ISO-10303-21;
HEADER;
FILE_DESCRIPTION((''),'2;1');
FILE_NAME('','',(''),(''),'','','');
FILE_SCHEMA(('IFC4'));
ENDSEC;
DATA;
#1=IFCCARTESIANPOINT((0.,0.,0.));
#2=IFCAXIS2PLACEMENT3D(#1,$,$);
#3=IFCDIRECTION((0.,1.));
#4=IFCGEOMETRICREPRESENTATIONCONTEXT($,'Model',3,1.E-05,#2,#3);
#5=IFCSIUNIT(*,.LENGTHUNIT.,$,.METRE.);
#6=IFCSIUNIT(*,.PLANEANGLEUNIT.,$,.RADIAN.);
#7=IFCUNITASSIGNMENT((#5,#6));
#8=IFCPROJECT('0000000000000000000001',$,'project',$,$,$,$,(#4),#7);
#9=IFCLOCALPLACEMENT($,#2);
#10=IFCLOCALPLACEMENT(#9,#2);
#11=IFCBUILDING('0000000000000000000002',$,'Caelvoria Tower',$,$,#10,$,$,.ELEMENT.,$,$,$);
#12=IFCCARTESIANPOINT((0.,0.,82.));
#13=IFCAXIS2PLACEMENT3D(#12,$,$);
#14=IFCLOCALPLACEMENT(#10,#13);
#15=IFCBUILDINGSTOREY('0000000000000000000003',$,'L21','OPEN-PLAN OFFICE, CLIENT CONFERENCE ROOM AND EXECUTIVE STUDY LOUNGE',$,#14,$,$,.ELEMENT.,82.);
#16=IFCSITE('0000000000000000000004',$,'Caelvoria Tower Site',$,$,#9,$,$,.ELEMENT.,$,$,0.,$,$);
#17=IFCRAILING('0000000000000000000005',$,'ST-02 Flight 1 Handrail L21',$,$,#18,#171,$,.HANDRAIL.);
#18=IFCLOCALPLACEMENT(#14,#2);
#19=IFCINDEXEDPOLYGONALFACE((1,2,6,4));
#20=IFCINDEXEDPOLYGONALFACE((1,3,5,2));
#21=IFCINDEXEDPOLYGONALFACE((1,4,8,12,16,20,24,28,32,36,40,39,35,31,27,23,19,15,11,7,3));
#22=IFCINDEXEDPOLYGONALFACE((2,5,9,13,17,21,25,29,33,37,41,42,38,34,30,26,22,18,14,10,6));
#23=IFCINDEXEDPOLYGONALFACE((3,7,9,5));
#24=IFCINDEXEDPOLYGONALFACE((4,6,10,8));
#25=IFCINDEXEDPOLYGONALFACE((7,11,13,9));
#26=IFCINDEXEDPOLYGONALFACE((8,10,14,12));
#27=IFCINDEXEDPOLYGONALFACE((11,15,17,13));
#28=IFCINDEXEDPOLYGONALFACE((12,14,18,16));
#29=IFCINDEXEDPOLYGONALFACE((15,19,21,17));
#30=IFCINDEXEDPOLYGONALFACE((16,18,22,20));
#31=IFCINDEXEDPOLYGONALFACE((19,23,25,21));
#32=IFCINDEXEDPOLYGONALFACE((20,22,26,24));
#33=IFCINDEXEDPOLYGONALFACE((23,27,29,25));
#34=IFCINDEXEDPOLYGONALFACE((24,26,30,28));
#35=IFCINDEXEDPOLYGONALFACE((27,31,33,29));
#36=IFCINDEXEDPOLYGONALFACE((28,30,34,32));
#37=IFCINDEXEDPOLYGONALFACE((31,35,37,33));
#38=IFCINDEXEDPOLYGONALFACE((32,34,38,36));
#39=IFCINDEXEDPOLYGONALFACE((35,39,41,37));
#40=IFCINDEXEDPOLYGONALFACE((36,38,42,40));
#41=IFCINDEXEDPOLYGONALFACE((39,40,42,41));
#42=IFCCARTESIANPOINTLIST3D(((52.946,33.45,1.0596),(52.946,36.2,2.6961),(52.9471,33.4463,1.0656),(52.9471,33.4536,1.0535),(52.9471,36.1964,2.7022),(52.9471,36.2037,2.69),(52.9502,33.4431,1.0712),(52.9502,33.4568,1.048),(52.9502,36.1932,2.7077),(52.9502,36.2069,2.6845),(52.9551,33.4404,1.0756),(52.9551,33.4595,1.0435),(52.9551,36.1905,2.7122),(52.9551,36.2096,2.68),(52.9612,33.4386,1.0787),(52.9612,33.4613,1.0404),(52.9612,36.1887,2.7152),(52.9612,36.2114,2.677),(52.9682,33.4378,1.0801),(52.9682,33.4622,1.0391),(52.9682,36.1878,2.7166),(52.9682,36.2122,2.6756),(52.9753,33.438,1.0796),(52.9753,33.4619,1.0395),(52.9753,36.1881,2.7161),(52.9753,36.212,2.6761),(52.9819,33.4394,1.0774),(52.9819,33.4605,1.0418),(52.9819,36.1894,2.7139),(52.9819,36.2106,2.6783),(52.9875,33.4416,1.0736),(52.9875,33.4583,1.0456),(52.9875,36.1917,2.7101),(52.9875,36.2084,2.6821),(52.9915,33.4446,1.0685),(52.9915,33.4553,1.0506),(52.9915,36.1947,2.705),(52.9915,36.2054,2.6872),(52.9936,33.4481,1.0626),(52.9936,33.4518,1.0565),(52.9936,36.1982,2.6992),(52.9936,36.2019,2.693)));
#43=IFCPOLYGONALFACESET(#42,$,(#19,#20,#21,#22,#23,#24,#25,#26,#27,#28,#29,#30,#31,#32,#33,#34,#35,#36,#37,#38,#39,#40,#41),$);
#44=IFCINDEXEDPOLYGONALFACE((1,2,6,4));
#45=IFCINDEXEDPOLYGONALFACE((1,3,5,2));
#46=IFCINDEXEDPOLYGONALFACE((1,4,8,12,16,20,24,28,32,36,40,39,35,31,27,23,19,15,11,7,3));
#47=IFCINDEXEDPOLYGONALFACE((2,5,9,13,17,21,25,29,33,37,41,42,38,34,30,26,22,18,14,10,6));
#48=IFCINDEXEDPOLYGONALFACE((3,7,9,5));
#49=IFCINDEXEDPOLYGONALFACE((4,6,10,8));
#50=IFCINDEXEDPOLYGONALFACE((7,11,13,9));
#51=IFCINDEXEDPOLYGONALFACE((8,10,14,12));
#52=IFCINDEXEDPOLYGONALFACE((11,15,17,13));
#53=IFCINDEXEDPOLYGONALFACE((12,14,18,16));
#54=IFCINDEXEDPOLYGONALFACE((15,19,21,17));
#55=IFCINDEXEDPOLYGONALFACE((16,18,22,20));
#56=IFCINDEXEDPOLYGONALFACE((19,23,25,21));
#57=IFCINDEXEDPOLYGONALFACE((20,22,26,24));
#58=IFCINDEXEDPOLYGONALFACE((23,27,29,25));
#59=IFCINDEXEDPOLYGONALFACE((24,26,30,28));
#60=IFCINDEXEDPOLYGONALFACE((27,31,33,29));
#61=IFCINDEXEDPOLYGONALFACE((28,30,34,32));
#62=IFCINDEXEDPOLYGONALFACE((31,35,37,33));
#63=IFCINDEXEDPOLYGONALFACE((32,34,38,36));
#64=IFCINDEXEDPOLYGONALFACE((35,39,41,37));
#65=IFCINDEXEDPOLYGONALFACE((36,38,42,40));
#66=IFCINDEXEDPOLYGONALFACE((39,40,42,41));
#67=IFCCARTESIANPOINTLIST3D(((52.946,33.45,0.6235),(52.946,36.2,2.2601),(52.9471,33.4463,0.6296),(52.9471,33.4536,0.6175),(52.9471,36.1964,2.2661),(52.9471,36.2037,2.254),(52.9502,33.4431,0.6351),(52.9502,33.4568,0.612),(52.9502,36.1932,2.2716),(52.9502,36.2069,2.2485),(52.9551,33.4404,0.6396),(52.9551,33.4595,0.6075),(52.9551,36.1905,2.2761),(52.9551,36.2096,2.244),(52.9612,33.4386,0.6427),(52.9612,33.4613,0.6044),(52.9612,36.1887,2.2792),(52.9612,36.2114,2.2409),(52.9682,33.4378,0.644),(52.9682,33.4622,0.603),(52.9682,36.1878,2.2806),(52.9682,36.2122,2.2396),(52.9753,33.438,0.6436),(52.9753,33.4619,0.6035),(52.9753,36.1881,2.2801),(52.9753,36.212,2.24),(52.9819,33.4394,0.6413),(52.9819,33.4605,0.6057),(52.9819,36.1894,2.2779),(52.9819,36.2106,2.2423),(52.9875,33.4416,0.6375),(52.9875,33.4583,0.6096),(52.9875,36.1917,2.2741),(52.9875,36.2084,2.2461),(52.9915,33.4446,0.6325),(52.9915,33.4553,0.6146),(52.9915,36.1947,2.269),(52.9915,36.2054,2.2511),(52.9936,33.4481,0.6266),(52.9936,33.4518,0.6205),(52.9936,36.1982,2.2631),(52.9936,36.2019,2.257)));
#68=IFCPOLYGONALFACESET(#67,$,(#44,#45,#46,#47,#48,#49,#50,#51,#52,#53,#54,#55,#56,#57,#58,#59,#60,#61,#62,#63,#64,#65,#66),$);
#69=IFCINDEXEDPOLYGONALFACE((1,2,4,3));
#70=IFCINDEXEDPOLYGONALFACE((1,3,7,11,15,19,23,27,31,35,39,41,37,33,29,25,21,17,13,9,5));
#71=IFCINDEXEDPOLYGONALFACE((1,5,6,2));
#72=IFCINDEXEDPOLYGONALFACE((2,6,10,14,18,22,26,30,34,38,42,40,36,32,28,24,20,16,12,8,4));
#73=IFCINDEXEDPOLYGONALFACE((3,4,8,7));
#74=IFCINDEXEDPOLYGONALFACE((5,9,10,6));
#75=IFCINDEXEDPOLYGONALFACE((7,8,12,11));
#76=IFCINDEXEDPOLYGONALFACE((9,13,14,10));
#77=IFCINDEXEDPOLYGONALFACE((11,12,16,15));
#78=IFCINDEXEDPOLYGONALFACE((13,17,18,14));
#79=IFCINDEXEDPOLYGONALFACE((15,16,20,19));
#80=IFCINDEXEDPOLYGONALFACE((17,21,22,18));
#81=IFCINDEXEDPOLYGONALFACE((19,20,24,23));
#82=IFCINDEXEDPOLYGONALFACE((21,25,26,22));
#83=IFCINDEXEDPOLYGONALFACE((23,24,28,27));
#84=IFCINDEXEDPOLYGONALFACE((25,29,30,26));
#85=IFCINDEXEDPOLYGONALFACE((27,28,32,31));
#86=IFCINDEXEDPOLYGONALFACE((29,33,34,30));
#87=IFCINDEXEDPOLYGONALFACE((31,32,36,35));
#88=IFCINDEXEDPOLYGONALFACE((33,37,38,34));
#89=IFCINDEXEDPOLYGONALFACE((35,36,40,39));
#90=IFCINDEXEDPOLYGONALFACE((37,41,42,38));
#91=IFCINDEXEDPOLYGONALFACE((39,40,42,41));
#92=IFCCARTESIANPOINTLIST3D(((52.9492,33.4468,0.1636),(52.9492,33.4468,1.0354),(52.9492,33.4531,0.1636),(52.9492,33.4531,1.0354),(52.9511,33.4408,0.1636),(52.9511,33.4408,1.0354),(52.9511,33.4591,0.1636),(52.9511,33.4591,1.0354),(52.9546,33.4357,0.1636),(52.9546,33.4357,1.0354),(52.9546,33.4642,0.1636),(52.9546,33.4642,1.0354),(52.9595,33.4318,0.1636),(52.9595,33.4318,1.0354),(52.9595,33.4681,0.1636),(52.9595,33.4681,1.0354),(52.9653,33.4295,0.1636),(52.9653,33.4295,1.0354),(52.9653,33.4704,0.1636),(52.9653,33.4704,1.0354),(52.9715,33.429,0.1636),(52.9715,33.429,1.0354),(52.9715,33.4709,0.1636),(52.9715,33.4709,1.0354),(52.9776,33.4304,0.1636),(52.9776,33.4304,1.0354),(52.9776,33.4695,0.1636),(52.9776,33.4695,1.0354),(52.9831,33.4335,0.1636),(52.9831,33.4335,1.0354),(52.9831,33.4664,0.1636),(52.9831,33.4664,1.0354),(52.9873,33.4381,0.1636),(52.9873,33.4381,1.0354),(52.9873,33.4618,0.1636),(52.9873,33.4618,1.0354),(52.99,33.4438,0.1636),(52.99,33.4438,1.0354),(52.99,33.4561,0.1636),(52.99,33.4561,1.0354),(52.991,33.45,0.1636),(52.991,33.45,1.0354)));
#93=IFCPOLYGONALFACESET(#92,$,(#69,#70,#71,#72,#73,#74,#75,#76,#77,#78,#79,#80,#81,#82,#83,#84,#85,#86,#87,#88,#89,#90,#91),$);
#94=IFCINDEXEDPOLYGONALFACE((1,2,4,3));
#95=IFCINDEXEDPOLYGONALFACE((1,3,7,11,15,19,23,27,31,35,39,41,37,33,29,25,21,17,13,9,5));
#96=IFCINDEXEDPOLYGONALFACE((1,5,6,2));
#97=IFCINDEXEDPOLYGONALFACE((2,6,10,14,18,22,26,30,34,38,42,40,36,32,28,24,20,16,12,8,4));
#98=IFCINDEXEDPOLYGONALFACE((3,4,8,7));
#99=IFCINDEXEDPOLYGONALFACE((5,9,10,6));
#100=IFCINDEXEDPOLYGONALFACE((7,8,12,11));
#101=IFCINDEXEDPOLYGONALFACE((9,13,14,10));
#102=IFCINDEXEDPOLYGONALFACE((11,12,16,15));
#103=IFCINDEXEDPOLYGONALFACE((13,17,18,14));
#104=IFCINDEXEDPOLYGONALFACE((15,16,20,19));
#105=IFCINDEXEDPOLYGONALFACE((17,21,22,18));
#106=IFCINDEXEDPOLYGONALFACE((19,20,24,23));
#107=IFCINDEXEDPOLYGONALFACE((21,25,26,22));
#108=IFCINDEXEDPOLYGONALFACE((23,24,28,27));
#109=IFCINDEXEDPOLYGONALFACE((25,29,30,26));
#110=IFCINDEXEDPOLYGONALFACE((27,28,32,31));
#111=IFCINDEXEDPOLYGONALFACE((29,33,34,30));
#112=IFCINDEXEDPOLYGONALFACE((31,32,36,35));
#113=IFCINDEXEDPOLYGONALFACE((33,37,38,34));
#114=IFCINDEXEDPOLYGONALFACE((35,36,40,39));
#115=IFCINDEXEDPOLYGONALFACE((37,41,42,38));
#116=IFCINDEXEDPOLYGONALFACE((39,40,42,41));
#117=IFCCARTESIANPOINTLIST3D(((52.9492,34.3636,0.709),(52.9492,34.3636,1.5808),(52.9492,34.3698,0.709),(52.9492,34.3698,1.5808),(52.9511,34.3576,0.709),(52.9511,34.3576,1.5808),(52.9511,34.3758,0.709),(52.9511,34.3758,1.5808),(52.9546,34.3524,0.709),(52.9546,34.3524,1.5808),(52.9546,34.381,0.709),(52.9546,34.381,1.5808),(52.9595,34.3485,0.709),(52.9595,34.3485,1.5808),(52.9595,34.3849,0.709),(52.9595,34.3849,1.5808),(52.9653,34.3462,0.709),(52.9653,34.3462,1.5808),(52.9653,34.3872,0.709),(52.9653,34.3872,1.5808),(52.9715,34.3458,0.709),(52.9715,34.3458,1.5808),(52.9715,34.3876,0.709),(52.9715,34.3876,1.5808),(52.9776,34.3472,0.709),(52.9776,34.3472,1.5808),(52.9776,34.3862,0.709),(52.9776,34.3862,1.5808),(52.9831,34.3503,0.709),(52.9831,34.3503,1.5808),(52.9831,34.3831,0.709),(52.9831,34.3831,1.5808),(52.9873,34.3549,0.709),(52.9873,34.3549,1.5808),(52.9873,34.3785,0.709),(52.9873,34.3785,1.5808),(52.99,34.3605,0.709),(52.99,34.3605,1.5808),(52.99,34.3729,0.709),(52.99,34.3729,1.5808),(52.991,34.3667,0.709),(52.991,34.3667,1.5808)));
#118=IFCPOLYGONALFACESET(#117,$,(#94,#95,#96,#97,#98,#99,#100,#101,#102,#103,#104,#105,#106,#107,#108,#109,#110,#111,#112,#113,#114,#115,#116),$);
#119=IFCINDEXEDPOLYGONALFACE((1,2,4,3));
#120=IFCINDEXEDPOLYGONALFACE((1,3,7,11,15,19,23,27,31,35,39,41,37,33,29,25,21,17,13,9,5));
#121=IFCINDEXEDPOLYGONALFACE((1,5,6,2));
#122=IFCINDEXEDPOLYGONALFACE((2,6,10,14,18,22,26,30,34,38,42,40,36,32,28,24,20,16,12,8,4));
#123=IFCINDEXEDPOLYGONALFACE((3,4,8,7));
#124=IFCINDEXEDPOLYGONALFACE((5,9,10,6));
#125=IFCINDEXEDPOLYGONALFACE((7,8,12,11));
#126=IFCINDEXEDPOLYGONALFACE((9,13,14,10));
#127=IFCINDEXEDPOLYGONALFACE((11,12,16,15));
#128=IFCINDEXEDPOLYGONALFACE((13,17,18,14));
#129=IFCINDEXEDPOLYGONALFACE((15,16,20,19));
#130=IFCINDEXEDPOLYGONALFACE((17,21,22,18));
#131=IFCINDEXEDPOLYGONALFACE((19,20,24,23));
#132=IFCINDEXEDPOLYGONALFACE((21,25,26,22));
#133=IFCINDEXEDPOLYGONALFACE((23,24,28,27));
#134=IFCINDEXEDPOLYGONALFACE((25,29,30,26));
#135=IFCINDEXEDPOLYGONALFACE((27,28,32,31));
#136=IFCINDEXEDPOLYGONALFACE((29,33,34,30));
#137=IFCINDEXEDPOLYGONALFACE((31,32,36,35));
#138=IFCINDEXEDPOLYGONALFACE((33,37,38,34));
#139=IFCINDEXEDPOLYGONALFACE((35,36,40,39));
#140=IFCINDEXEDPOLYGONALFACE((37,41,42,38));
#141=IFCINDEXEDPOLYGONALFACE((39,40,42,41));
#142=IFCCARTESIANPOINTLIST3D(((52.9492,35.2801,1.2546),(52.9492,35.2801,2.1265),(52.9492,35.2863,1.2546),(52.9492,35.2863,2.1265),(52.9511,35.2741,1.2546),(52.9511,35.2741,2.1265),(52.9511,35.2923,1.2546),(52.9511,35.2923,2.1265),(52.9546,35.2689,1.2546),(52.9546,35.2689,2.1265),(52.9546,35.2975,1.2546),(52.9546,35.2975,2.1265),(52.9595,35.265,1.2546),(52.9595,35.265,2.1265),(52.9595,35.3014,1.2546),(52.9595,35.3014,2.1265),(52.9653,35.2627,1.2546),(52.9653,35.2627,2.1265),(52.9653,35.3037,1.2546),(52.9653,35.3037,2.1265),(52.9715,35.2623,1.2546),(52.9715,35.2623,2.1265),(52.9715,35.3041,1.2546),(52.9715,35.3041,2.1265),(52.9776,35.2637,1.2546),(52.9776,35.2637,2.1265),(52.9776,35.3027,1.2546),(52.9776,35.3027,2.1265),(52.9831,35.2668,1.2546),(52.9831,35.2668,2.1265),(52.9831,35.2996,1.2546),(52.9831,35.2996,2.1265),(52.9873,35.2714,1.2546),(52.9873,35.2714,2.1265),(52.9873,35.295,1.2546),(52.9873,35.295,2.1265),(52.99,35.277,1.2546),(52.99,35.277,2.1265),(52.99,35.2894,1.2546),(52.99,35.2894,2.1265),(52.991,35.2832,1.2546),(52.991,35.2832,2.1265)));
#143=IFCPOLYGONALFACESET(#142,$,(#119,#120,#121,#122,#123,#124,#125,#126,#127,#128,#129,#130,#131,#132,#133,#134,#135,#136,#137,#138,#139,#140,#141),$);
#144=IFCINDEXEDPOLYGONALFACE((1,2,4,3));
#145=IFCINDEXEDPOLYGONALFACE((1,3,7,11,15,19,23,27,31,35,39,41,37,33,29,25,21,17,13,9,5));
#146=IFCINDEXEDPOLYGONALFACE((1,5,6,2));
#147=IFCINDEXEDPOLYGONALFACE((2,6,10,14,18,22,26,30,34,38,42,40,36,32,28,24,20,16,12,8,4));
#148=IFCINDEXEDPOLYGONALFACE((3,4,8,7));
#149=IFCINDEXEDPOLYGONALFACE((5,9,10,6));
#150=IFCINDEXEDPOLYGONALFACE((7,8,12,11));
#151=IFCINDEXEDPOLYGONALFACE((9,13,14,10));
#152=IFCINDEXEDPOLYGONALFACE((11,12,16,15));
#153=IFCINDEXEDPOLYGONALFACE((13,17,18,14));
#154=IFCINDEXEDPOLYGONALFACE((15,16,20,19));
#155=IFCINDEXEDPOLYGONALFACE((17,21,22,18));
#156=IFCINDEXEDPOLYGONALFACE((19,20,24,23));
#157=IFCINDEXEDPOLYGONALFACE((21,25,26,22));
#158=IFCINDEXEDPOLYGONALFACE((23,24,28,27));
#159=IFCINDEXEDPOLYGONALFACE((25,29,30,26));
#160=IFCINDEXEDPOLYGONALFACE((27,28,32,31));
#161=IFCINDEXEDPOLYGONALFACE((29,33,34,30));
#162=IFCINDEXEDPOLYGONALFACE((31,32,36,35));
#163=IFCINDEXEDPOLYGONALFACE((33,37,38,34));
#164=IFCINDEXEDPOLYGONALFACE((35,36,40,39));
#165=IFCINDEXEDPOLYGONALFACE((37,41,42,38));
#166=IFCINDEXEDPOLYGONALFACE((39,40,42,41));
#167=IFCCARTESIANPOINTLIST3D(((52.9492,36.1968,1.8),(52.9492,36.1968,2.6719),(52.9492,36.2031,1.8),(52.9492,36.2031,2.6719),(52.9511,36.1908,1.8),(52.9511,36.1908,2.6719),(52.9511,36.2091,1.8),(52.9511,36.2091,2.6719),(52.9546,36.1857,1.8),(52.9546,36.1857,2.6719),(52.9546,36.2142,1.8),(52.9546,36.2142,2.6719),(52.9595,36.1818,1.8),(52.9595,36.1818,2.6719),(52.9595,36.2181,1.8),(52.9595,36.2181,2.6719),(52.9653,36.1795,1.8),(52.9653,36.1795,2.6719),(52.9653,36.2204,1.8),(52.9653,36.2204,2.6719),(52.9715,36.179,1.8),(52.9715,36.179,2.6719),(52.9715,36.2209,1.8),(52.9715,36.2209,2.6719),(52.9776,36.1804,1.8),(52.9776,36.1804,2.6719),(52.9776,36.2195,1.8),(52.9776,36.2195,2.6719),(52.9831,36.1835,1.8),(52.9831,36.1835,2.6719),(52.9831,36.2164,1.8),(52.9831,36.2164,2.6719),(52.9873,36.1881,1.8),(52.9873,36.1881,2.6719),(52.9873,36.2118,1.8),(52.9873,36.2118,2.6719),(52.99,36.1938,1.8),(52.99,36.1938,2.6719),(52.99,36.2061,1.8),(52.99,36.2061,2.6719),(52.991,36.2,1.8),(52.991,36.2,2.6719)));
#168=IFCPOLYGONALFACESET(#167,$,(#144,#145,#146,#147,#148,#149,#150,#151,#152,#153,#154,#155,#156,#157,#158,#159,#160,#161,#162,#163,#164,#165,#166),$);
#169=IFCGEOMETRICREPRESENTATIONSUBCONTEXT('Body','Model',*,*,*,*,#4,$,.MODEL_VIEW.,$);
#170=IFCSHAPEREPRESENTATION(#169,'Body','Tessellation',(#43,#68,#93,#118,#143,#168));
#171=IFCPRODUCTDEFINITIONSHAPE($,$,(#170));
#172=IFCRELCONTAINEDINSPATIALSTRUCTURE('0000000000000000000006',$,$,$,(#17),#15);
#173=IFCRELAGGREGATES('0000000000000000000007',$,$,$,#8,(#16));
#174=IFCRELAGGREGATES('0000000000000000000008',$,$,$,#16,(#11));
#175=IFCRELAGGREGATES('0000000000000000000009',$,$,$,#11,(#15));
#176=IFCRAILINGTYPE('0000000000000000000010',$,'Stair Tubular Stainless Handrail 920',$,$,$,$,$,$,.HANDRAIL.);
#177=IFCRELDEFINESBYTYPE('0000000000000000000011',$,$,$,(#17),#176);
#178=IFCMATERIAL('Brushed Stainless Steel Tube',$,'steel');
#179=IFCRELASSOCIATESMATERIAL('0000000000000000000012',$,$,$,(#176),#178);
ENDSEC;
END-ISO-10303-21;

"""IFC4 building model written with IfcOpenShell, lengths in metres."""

from ifc_helpers import new_model, si_unit, direction, frame, origin, origin_2d, place, context, subcontext, project, spatial, circle, extrude, material, type_object, element, save


model = new_model("IFC4")

# Units and contexts
model_context = context("Model", 3, precision=1e-05, world=origin(), true_north=direction((0.0, 1.0)))
body_context = subcontext(model_context, "Body", "Model", "MODEL_VIEW")
ifc_project = project(units=[si_unit("LENGTHUNIT", "METRE"), si_unit("PLANEANGLEUNIT", "RADIAN")], contexts=[model_context])

# Site, building, storey
site_placement = place(None, origin())
site = spatial("IfcSite", under=ifc_project, at=site_placement, Name="Caelvoria Tower Site", CompositionType="ELEMENT", RefElevation=0.0)
building_placement = place(site_placement, origin())
building = spatial("IfcBuilding", under=site, at=building_placement, Name="Caelvoria Tower", CompositionType="ELEMENT")
storey_placement = place(building_placement, frame((0.0, 0.0, 82.0)))
storey = spatial("IfcBuildingStorey", under=building, at=storey_placement, Name="L21", Description="OPEN-PLAN OFFICE, CLIENT CONFERENCE ROOM AND EXECUTIVE STUDY LOUNGE", CompositionType="ELEMENT", Elevation=82.0)

# Railing
ifc_material_1 = material(Name="Brushed Stainless Steel Tube", Category="steel")
railing_type_1 = type_object("IfcRailingType", Name="Stair Tubular Stainless Handrail 920", PredefinedType="HANDRAIL", material=ifc_material_1)
railing_1_placement = place(storey_placement, frame((52.97, 33.45, 0.1636)))
element("IfcRailing", 1, at=railing_1_placement, inside=storey, type_object=railing_type_1, Name="ST-02 Flight 1 Handrail L21", PredefinedType="HANDRAIL", context=body_context, shape_type="SweptSolid", body=[
    extrude(circle(Radius=0.0239, at=origin_2d()), frame((0.0, 0.0, 0.896), z_axis=(0.0, 0.859352, 0.511385), x_axis=(-1.0, 0.0, 0.0)), (0.0, 0.0, 1.0), 3.2002),
    extrude(circle(Radius=0.0239, at=origin_2d()), frame((0.0, 0.0, 0.46), z_axis=(0.0, 0.859352, 0.511385), x_axis=(-1.0, 0.0, 0.0)), (0.0, 0.0, 1.0), 3.2002),
    extrude(circle(Radius=0.021, at=origin_2d()), origin(), (0.0, 0.0, 1.0), 0.8718),
    extrude(circle(Radius=0.021, at=origin_2d()), frame((0.0, 0.9167, 0.5454)), (0.0, 0.0, 1.0), 0.8718),
    extrude(circle(Radius=0.021, at=origin_2d()), frame((0.0, 1.8333, 1.0911)), (0.0, 0.0, 1.0), 0.8718),
    extrude(circle(Radius=0.021, at=origin_2d()), frame((0.0, 2.75, 1.6365)), (0.0, 0.0, 1.0), 0.8718),
])

save(model, "model.ifc")
